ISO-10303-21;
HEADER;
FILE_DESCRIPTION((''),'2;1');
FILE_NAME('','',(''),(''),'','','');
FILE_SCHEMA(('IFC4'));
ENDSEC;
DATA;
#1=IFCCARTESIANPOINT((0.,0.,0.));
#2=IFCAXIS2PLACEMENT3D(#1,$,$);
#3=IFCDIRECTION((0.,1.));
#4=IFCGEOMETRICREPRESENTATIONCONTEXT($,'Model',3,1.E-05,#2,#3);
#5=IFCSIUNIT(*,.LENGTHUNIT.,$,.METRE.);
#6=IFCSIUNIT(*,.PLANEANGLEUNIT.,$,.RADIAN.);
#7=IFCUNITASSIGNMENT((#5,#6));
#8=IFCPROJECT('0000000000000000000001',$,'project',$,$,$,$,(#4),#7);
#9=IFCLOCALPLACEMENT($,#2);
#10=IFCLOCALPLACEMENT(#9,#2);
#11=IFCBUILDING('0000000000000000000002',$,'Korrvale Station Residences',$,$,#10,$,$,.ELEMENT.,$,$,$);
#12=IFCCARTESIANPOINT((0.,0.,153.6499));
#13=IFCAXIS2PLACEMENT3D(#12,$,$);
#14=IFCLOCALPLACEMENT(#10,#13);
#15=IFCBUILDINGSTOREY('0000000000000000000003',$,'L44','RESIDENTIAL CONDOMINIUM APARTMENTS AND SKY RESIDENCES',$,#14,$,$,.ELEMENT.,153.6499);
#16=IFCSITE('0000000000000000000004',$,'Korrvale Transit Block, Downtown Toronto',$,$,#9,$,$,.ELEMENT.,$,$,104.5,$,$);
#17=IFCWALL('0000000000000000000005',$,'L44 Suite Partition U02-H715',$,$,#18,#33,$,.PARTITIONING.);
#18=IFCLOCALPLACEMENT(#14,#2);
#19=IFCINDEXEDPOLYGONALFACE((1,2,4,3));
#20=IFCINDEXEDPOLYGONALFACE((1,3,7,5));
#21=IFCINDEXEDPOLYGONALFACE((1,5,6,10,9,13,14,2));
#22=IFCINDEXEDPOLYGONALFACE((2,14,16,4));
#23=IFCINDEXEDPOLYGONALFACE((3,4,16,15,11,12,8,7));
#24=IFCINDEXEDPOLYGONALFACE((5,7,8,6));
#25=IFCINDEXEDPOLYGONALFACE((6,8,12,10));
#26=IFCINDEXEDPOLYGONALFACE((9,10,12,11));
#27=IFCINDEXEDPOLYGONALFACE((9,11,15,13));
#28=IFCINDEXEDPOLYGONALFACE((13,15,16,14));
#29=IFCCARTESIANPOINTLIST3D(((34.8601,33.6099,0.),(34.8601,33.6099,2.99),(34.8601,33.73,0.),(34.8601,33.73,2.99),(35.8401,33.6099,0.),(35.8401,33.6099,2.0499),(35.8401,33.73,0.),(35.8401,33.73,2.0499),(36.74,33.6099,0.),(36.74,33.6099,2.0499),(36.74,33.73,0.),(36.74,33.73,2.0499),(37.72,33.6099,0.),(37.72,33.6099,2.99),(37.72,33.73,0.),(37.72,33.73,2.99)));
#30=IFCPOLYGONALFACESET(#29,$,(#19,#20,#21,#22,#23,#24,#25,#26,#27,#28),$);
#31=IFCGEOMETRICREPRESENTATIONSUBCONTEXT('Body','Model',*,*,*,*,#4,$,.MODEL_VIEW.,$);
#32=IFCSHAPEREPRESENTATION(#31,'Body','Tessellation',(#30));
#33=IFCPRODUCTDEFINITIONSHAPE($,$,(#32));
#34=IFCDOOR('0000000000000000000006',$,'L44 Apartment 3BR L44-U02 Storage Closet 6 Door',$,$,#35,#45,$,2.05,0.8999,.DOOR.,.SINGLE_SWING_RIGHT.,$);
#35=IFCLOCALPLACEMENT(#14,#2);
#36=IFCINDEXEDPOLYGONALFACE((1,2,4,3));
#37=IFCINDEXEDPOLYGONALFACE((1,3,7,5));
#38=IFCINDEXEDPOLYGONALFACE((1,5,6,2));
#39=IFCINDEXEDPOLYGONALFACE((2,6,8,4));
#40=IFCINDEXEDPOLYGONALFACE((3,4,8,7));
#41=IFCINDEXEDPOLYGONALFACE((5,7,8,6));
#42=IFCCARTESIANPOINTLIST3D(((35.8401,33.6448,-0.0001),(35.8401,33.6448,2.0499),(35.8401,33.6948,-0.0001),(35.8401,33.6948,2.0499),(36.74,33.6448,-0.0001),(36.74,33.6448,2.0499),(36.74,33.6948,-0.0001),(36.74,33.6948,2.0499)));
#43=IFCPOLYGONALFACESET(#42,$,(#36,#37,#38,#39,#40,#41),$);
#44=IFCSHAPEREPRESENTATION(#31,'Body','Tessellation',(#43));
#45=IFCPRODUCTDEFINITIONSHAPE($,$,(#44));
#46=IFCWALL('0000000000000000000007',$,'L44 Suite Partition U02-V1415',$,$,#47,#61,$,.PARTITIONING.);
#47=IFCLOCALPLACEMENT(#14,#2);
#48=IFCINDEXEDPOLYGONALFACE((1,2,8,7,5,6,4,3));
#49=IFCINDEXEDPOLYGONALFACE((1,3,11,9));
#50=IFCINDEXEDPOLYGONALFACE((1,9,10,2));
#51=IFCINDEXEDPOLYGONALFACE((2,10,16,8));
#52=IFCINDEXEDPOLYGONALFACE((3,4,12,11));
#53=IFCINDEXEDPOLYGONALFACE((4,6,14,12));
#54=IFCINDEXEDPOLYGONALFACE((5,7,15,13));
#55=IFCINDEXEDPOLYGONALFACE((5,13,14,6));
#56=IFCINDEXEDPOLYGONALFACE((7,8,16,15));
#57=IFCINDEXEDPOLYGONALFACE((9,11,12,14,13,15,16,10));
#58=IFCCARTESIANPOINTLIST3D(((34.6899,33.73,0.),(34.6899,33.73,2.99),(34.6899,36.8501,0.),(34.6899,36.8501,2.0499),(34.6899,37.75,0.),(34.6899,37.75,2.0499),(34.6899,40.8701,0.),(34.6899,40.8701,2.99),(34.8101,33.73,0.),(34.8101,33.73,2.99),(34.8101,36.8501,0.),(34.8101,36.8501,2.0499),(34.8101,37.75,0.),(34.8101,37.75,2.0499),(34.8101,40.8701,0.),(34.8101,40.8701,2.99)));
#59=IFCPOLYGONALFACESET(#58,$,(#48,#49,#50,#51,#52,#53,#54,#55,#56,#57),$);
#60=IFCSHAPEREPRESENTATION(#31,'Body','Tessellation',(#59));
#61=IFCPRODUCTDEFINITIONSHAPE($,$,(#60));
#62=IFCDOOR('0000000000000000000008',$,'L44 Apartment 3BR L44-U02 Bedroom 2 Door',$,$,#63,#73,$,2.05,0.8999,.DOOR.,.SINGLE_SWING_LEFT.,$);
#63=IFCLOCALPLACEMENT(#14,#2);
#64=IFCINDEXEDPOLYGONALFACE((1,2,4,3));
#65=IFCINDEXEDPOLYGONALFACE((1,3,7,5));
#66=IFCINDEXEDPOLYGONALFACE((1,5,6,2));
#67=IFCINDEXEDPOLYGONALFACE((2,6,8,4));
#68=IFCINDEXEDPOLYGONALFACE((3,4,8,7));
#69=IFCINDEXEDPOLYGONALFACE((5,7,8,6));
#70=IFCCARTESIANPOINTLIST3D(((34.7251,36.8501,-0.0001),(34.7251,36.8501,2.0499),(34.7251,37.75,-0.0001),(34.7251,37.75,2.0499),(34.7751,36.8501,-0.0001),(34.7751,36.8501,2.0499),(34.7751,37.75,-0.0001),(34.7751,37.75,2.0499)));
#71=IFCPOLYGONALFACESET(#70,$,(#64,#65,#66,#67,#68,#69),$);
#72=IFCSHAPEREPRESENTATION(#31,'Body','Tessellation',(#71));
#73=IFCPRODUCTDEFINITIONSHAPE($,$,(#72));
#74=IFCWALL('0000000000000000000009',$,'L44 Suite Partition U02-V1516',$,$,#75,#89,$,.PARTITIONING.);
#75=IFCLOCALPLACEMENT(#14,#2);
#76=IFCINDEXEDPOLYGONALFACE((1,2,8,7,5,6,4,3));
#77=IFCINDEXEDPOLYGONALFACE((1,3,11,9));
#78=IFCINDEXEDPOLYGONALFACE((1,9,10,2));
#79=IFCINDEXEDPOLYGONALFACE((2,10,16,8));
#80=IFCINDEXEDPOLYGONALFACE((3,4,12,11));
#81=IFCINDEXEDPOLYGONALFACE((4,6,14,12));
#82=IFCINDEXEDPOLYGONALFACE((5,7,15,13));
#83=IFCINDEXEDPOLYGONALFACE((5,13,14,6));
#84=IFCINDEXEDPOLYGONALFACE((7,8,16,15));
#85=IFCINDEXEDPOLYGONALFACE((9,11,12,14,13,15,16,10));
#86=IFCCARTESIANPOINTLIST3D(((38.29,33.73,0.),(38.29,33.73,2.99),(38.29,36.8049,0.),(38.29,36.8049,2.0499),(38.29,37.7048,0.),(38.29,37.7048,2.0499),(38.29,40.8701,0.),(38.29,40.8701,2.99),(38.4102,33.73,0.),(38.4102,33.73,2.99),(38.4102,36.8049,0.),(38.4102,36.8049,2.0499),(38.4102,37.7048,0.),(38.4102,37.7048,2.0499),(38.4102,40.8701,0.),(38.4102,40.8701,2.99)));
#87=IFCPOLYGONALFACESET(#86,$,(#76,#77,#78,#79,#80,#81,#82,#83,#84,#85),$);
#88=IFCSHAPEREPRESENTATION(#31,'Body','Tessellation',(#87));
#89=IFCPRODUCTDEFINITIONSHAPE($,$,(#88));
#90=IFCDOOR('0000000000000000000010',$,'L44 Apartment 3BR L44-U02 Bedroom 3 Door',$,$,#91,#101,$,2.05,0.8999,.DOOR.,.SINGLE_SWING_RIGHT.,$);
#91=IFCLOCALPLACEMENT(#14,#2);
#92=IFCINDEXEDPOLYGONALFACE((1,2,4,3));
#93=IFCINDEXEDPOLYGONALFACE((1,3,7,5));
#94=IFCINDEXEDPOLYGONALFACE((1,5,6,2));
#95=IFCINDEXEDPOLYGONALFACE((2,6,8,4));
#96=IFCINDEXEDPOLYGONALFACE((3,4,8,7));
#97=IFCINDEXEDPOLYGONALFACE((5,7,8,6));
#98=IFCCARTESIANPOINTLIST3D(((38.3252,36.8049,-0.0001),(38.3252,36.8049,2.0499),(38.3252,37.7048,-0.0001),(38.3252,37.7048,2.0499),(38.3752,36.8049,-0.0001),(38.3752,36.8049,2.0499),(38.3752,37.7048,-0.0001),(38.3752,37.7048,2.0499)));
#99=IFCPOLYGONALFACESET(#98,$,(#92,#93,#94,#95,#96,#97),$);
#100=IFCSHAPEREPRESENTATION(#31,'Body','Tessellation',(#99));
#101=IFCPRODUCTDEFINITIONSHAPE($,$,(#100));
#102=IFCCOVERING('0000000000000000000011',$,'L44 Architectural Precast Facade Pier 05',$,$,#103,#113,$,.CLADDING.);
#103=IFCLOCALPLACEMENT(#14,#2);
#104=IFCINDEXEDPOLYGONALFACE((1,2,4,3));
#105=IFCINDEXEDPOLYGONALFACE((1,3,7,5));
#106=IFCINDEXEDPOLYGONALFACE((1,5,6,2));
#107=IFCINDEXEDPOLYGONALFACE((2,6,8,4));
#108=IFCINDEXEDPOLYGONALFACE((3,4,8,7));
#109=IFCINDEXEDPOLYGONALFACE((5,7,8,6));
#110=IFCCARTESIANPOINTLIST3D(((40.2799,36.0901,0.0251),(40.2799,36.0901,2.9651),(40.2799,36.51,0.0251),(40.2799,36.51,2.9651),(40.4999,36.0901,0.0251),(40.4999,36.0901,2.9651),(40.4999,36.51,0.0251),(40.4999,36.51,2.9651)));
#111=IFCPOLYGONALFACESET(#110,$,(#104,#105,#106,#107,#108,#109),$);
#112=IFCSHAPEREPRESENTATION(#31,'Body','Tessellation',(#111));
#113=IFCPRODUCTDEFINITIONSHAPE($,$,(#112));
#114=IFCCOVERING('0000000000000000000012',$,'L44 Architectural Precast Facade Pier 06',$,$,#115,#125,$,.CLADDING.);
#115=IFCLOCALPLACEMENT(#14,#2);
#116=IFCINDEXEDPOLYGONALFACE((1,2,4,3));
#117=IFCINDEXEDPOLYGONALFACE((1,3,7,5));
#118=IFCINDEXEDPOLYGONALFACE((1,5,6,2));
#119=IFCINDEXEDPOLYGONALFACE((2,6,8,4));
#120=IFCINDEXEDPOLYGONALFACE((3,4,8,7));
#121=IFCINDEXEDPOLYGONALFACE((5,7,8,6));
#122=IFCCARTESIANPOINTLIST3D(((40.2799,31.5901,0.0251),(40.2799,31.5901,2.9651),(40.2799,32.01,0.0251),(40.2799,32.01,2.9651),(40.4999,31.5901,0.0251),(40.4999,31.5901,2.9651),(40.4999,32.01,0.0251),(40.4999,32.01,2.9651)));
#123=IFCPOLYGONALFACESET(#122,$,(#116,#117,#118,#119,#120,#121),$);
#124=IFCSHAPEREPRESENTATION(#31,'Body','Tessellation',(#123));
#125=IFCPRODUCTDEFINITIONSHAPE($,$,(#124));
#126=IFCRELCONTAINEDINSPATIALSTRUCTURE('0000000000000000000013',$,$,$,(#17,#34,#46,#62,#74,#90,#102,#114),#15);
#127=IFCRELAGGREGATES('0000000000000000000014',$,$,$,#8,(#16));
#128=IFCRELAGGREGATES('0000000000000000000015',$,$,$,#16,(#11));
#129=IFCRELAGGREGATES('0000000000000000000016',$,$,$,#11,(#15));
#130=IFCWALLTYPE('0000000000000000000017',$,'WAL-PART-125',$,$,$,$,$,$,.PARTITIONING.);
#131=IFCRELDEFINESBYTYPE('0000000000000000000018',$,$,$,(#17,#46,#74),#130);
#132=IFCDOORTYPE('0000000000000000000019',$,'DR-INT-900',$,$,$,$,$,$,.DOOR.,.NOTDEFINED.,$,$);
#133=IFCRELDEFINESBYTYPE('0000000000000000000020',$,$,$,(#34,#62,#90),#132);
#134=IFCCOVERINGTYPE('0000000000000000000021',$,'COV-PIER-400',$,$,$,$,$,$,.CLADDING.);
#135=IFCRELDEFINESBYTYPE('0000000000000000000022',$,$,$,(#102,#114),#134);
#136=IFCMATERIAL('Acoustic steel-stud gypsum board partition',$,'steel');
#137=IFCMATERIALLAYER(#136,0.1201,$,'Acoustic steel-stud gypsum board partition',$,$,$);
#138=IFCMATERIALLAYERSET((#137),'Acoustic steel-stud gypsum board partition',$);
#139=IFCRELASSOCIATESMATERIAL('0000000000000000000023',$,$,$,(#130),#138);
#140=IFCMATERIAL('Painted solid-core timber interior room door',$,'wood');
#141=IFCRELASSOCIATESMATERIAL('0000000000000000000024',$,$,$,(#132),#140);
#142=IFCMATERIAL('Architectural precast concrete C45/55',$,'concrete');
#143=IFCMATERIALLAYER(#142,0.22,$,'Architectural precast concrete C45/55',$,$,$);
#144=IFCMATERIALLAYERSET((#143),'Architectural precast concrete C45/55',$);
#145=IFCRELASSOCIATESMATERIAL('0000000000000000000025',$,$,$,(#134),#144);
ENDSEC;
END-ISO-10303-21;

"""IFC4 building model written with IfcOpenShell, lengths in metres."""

from ifc_helpers import new_model, si_unit, direction, frame, frame_2d, origin, origin_2d, place, context, subcontext, project, spatial, rectangle, extrude, material, layer, layer_set, type_object, element, fill, save


model = new_model("IFC4")

# Units and contexts
model_context = context("Model", 3, precision=1e-05, world=origin(), true_north=direction((0.0, 1.0)))
body_context = subcontext(model_context, "Body", "Model", "MODEL_VIEW")
ifc_project = project(units=[si_unit("LENGTHUNIT", "METRE"), si_unit("PLANEANGLEUNIT", "RADIAN")], contexts=[model_context])

# Site, building, storey
site_placement = place(None, origin())
site = spatial("IfcSite", under=ifc_project, at=site_placement, Name="Korrvale Transit Block, Downtown Toronto", CompositionType="ELEMENT", RefElevation=104.5)
building_placement = place(site_placement, origin())
building = spatial("IfcBuilding", under=site, at=building_placement, Name="Korrvale Station Residences", CompositionType="ELEMENT")
storey_placement = place(building_placement, frame((0.0, 0.0, 153.6499)))
storey = spatial("IfcBuildingStorey", under=building, at=storey_placement, Name="L44", Description="RESIDENTIAL CONDOMINIUM APARTMENTS AND SKY RESIDENCES", CompositionType="ELEMENT", Elevation=153.6499)

# Walls, openings, doors
ifc_material_1 = material(Name="Acoustic steel-stud gypsum board partition", Category="steel")
ifc_layer_1 = layer(ifc_material_1, 0.1201, Name="Acoustic steel-stud gypsum board partition")
ifc_layer_set_1 = layer_set([ifc_layer_1], Name="Acoustic steel-stud gypsum board partition")
wall_type_1 = type_object("IfcWallType", Name="WAL-PART-125", PredefinedType="PARTITIONING", material=ifc_layer_set_1)
ifc_material_2 = material(Name="Painted solid-core timber interior room door", Category="wood")
door_type = type_object("IfcDoorType", Name="DR-INT-900", OperationType="NOTDEFINED", PredefinedType="DOOR", material=ifc_material_2)
wall_1_placement = place(storey_placement, frame((34.8601, 33.6699, 0.0), z_axis=(0.0, 0.0, 1.0), x_axis=(1.0, 0.0, 0.0)))
wall_1 = element("IfcWall", 1, at=wall_1_placement, inside=storey, type_object=wall_type_1, Name="L44 Suite Partition U02-H715", PredefinedType="PARTITIONING", context=body_context, shape_type="SweptSolid", body=[
    extrude(rectangle(XDim=2.8599, YDim=0.1201, at=frame_2d((1.4299, 0.0))), origin(), (0.0, 0.0, 1.0), 2.99),
])
opening_1_placement = place(wall_1_placement, frame((0.98, 0.0, 0.0)))
opening_1 = element("IfcOpeningElement", 2, at=opening_1_placement, cuts=wall_1, PredefinedType="OPENING", context=body_context, shape_type="SweptSolid", body=[
    extrude(rectangle(XDim=0.8999, YDim=2.05, at=frame_2d((0.45, 1.0249))), frame((0.0, 0.0701, 0.0), z_axis=(0.0, -1.0, 0.0), x_axis=(1.0, 0.0, 0.0)), (0.0, 0.0, 1.0), 0.1401),
])
door_1_placement = place(opening_1_placement, origin())
door_1 = element("IfcDoor", 3, at=door_1_placement, inside=storey, type_object=door_type, Name="L44 Apartment 3BR L44-U02 Storage Closet 6 Door", OperationType="SINGLE_SWING_RIGHT", OverallHeight=2.05, OverallWidth=0.8999, PredefinedType="DOOR", context=body_context, shape_type="SweptSolid", body=[
    extrude(rectangle(XDim=0.8999, YDim=2.05, at=frame_2d((0.45, 1.0249))), frame((0.0, 0.0249, 0.0), z_axis=(0.0, -1.0, 0.0), x_axis=(1.0, 0.0, 0.0)), (0.0, 0.0, 1.0), 0.05),
])
fill(opening_1, door_1)
wall_2_placement = place(storey_placement, frame((34.75, 33.73, 0.0), z_axis=(0.0, 0.0, 1.0), x_axis=(0.0, 1.0, 0.0)))
wall_2 = element("IfcWall", 4, at=wall_2_placement, inside=storey, type_object=wall_type_1, Name="L44 Suite Partition U02-V1415", PredefinedType="PARTITIONING", context=body_context, shape_type="SweptSolid", body=[
    extrude(rectangle(XDim=7.1401, YDim=0.1201, at=frame_2d((3.5701, 0.0))), origin(), (0.0, 0.0, 1.0), 2.99),
])
opening_2_placement = place(wall_2_placement, frame((3.1201, 0.0, 0.0)))
opening_2 = element("IfcOpeningElement", 5, at=opening_2_placement, cuts=wall_2, PredefinedType="OPENING", context=body_context, shape_type="SweptSolid", body=[
    extrude(rectangle(XDim=0.8999, YDim=2.05, at=frame_2d((0.45, 1.0249))), frame((0.0, 0.0701, 0.0), z_axis=(0.0, -1.0, 0.0), x_axis=(1.0, 0.0, 0.0)), (0.0, 0.0, 1.0), 0.1401),
])
door_2_placement = place(opening_2_placement, origin())
door_2 = element("IfcDoor", 6, at=door_2_placement, inside=storey, type_object=door_type, Name="L44 Apartment 3BR L44-U02 Bedroom 2 Door", OperationType="SINGLE_SWING_LEFT", OverallHeight=2.05, OverallWidth=0.8999, PredefinedType="DOOR", context=body_context, shape_type="SweptSolid", body=[
    extrude(rectangle(XDim=0.8999, YDim=2.05, at=frame_2d((0.45, 1.0249))), frame((0.0, 0.0249, 0.0), z_axis=(0.0, -1.0, 0.0), x_axis=(1.0, 0.0, 0.0)), (0.0, 0.0, 1.0), 0.05),
])
fill(opening_2, door_2)
wall_3_placement = place(storey_placement, frame((38.3501, 33.73, 0.0), z_axis=(0.0, 0.0, 1.0), x_axis=(0.0, 1.0, 0.0)))
wall_3 = element("IfcWall", 7, at=wall_3_placement, inside=storey, type_object=wall_type_1, Name="L44 Suite Partition U02-V1516", PredefinedType="PARTITIONING", context=body_context, shape_type="SweptSolid", body=[
    extrude(rectangle(XDim=7.1401, YDim=0.1201, at=frame_2d((3.5701, 0.0))), origin(), (0.0, 0.0, 1.0), 2.99),
])
opening_3_placement = place(wall_3_placement, frame((3.075, 0.0, 0.0)))
opening_3 = element("IfcOpeningElement", 8, at=opening_3_placement, cuts=wall_3, PredefinedType="OPENING", context=body_context, shape_type="SweptSolid", body=[
    extrude(rectangle(XDim=0.8999, YDim=2.05, at=frame_2d((0.45, 1.0249))), frame((0.0, 0.0701, 0.0), z_axis=(0.0, -1.0, 0.0), x_axis=(1.0, 0.0, 0.0)), (0.0, 0.0, 1.0), 0.1401),
])
door_3_placement = place(opening_3_placement, origin())
door_3 = element("IfcDoor", 9, at=door_3_placement, inside=storey, type_object=door_type, Name="L44 Apartment 3BR L44-U02 Bedroom 3 Door", OperationType="SINGLE_SWING_RIGHT", OverallHeight=2.05, OverallWidth=0.8999, PredefinedType="DOOR", context=body_context, shape_type="SweptSolid", body=[
    extrude(rectangle(XDim=0.8999, YDim=2.05, at=frame_2d((0.45, 1.0249))), frame((0.0, 0.0249, 0.0), z_axis=(0.0, -1.0, 0.0), x_axis=(1.0, 0.0, 0.0)), (0.0, 0.0, 1.0), 0.05),
])
fill(opening_3, door_3)

# Coverings
ifc_material_3 = material(Name="Architectural precast concrete C45/55", Category="concrete")
ifc_layer_2 = layer(ifc_material_3, 0.22, Name="Architectural precast concrete C45/55")
ifc_layer_set_2 = layer_set([ifc_layer_2], Name="Architectural precast concrete C45/55")
covering_type = type_object("IfcCoveringType", Name="COV-PIER-400", PredefinedType="CLADDING", material=ifc_layer_set_2)
for number, where, z_axis, x_axis, name in (
    (10, (40.3899, 36.3, 0.0251), (0.0, 0.0, 1.0), (0.0, 1.0, 0.0), "L44 Architectural Precast Facade Pier 05"),
    (11, (40.3899, 31.8, 0.0251), (0.0, 0.0, 1.0), (0.0, 1.0, 0.0), "L44 Architectural Precast Facade Pier 06"),
):
    element("IfcCovering", number, at=place(storey_placement, frame(where, z_axis=z_axis, x_axis=x_axis)), inside=storey, type_object=covering_type, Name=name, PredefinedType="CLADDING", context=body_context, shape_type="SweptSolid", body=[
        extrude(rectangle(XDim=0.4199, YDim=0.22, at=origin_2d()), origin(), (0.0, 0.0, 1.0), 2.9399),
    ])

save(model, "model.ifc")
